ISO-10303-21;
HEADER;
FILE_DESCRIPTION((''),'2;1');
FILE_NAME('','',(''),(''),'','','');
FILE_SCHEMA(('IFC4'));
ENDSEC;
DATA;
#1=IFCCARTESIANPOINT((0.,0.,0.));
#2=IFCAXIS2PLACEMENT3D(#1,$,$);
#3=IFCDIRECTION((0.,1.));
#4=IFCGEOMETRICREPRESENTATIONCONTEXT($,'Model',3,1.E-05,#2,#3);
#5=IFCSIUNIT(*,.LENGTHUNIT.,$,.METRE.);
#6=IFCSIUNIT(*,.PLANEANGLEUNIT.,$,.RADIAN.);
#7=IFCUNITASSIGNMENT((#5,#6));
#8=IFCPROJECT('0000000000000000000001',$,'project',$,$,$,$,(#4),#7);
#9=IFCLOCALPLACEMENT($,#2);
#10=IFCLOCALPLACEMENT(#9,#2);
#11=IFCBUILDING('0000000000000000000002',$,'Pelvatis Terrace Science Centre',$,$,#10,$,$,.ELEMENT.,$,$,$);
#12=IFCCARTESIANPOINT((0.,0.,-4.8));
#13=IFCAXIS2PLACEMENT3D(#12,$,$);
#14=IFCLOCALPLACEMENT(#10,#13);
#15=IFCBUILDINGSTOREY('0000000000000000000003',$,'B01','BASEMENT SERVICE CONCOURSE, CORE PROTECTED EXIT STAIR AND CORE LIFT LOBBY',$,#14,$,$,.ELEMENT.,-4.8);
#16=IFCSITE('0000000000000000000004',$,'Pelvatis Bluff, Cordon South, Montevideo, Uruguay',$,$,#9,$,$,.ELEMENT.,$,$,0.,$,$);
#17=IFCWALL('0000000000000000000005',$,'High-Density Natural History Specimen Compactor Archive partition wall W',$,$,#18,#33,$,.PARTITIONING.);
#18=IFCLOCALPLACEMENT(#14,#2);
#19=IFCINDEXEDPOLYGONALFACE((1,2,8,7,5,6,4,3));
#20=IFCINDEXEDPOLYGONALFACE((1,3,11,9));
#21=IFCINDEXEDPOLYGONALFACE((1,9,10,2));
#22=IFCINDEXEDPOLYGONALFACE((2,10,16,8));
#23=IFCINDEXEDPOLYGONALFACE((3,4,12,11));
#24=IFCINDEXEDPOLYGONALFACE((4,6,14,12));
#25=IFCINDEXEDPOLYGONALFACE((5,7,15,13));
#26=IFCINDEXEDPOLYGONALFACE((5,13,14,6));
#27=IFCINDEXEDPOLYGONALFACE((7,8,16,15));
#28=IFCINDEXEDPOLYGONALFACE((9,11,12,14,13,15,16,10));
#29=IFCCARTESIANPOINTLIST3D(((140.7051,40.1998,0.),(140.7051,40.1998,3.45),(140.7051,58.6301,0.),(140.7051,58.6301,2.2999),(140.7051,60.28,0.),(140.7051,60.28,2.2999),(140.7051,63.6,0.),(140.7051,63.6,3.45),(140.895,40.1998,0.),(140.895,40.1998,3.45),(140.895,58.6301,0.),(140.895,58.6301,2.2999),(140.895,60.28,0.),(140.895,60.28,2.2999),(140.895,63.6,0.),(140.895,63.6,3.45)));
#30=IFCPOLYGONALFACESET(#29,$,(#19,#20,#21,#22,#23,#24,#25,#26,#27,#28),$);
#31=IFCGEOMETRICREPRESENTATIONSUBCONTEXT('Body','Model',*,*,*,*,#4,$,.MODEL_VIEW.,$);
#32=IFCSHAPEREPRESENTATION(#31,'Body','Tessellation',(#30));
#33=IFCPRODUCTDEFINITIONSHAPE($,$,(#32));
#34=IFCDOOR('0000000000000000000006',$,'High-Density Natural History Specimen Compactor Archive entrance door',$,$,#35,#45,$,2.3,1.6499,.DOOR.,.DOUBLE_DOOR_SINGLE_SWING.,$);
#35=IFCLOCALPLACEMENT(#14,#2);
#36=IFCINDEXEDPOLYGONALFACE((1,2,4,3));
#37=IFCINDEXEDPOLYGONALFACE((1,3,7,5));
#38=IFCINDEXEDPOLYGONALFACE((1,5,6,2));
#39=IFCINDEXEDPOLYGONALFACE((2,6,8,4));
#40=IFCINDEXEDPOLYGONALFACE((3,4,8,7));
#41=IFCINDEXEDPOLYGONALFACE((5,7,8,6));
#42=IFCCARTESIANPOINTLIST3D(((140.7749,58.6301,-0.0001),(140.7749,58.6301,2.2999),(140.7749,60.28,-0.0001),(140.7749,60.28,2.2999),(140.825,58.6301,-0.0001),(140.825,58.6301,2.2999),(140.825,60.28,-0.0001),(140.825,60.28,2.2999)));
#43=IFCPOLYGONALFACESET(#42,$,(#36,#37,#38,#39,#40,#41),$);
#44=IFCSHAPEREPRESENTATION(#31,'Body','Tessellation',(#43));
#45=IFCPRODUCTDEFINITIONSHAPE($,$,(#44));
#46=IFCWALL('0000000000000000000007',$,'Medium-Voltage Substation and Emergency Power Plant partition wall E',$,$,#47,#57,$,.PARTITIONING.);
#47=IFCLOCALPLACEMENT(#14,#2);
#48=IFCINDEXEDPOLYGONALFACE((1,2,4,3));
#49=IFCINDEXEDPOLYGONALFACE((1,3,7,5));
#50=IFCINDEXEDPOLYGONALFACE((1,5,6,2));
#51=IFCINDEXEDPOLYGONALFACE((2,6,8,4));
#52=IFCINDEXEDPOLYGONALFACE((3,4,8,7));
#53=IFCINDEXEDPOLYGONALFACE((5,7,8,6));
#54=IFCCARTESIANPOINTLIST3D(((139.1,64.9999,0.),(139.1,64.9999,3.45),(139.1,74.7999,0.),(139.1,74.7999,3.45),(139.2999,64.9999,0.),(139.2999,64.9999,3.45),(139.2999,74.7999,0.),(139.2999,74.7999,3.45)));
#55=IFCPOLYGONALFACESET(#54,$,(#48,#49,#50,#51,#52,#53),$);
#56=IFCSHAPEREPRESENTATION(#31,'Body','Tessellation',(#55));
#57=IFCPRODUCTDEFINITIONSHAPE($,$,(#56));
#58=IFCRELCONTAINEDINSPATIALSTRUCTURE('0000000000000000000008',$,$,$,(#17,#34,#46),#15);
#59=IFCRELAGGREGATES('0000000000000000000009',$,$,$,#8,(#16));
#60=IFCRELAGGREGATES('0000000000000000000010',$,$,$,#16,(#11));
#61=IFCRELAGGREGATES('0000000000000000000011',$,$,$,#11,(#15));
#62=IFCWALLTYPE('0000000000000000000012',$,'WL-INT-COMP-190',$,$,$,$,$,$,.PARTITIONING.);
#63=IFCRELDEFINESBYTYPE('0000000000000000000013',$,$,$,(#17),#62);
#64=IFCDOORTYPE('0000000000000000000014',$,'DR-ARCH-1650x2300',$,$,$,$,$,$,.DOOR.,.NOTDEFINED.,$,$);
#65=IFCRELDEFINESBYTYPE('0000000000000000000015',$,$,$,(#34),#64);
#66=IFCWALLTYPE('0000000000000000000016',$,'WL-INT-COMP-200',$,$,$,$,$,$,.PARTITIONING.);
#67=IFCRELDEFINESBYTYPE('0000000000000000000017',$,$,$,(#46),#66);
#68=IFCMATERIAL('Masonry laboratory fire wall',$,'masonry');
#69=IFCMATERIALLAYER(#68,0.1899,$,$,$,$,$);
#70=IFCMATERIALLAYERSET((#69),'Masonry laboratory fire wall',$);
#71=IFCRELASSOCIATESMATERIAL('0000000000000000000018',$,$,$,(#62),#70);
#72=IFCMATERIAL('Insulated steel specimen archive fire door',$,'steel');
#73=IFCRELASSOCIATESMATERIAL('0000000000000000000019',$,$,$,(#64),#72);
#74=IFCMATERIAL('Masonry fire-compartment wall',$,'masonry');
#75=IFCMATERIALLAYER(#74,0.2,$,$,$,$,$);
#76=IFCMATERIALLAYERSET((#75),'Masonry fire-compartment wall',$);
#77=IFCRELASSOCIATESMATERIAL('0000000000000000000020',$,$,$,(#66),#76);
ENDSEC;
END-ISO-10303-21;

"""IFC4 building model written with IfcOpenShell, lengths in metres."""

from ifc_helpers import new_model, si_unit, direction, frame, frame_2d, origin, place, context, subcontext, project, spatial, rectangle, extrude, material, layer, layer_set, type_object, element, fill, save


model = new_model("IFC4")

# Units and contexts
model_context = context("Model", 3, precision=1e-05, world=origin(), true_north=direction((0.0, 1.0)))
body_context = subcontext(model_context, "Body", "Model", "MODEL_VIEW")
ifc_project = project(units=[si_unit("LENGTHUNIT", "METRE"), si_unit("PLANEANGLEUNIT", "RADIAN")], contexts=[model_context])

# Site, building, storey
site_placement = place(None, origin())
site = spatial("IfcSite", under=ifc_project, at=site_placement, Name="Pelvatis Bluff, Cordon South, Montevideo, Uruguay", CompositionType="ELEMENT", RefElevation=0.0)
building_placement = place(site_placement, origin())
building = spatial("IfcBuilding", under=site, at=building_placement, Name="Pelvatis Terrace Science Centre", CompositionType="ELEMENT")
storey_placement = place(building_placement, frame((0.0, 0.0, -4.8)))
storey = spatial("IfcBuildingStorey", under=building, at=storey_placement, Name="B01", Description="BASEMENT SERVICE CONCOURSE, CORE PROTECTED EXIT STAIR AND CORE LIFT LOBBY", CompositionType="ELEMENT", Elevation=-4.8)

# Wall, opening, door
ifc_material_1 = material(Name="Masonry laboratory fire wall", Category="masonry")
ifc_layer_1 = layer(ifc_material_1, 0.1899)
ifc_layer_set_1 = layer_set([ifc_layer_1], Name="Masonry laboratory fire wall")
wall_type_1 = type_object("IfcWallType", Name="WL-INT-COMP-190", PredefinedType="PARTITIONING", material=ifc_layer_set_1)
wall_1_placement = place(storey_placement, frame((140.8, 63.6001, 0.0), z_axis=(0.0, 0.0, 1.0), x_axis=(0.0, -1.0, 0.0)))
wall_1 = element("IfcWall", 1, at=wall_1_placement, inside=storey, type_object=wall_type_1, Name="High-Density Natural History Specimen Compactor Archive partition wall W", PredefinedType="PARTITIONING", context=body_context, shape_type="SweptSolid", body=[
    extrude(rectangle(XDim=23.4001, YDim=0.1899, at=frame_2d((11.7002, 0.0))), origin(), (0.0, 0.0, 1.0), 3.45),
])
opening_placement = place(wall_1_placement, frame((3.3201, 0.0, 0.0)))
opening = element("IfcOpeningElement", 2, at=opening_placement, cuts=wall_1, PredefinedType="OPENING", context=body_context, shape_type="SweptSolid", body=[
    extrude(rectangle(XDim=1.6499, YDim=2.3, at=frame_2d((0.825, 1.1499))), frame((0.0, 0.105, 0.0), z_axis=(0.0, -1.0, 0.0), x_axis=(1.0, 0.0, 0.0)), (0.0, 0.0, 1.0), 0.21),
])
ifc_material_2 = material(Name="Insulated steel specimen archive fire door", Category="steel")
door_type = type_object("IfcDoorType", Name="DR-ARCH-1650x2300", OperationType="NOTDEFINED", PredefinedType="DOOR", material=ifc_material_2)
door_placement = place(opening_placement, origin())
door = element("IfcDoor", 3, at=door_placement, inside=storey, type_object=door_type, Name="High-Density Natural History Specimen Compactor Archive entrance door", OperationType="DOUBLE_DOOR_SINGLE_SWING", OverallHeight=2.3, OverallWidth=1.6499, PredefinedType="DOOR", context=body_context, shape_type="SweptSolid", body=[
    extrude(rectangle(XDim=1.6499, YDim=2.3, at=frame_2d((0.825, 1.1499))), frame((0.0, 0.0249, 0.0), z_axis=(0.0, -1.0, 0.0), x_axis=(1.0, 0.0, 0.0)), (0.0, 0.0, 1.0), 0.05),
])
fill(opening, door)

# Wall
ifc_material_3 = material(Name="Masonry fire-compartment wall", Category="masonry")
ifc_layer_2 = layer(ifc_material_3, 0.2)
ifc_layer_set_2 = layer_set([ifc_layer_2], Name="Masonry fire-compartment wall")
wall_type_2 = type_object("IfcWallType", Name="WL-INT-COMP-200", PredefinedType="PARTITIONING", material=ifc_layer_set_2)
wall_2_placement = place(storey_placement, frame((139.2, 65.0, 0.0), z_axis=(0.0, 0.0, 1.0), x_axis=(0.0, 1.0, 0.0)))
element("IfcWall", 4, at=wall_2_placement, inside=storey, type_object=wall_type_2, Name="Medium-Voltage Substation and Emergency Power Plant partition wall E", PredefinedType="PARTITIONING", context=body_context, shape_type="SweptSolid", body=[
    extrude(rectangle(XDim=9.8, YDim=0.2, at=frame_2d((4.8999, 0.0))), origin(), (0.0, 0.0, 1.0), 3.45),
])

save(model, "model.ifc")
